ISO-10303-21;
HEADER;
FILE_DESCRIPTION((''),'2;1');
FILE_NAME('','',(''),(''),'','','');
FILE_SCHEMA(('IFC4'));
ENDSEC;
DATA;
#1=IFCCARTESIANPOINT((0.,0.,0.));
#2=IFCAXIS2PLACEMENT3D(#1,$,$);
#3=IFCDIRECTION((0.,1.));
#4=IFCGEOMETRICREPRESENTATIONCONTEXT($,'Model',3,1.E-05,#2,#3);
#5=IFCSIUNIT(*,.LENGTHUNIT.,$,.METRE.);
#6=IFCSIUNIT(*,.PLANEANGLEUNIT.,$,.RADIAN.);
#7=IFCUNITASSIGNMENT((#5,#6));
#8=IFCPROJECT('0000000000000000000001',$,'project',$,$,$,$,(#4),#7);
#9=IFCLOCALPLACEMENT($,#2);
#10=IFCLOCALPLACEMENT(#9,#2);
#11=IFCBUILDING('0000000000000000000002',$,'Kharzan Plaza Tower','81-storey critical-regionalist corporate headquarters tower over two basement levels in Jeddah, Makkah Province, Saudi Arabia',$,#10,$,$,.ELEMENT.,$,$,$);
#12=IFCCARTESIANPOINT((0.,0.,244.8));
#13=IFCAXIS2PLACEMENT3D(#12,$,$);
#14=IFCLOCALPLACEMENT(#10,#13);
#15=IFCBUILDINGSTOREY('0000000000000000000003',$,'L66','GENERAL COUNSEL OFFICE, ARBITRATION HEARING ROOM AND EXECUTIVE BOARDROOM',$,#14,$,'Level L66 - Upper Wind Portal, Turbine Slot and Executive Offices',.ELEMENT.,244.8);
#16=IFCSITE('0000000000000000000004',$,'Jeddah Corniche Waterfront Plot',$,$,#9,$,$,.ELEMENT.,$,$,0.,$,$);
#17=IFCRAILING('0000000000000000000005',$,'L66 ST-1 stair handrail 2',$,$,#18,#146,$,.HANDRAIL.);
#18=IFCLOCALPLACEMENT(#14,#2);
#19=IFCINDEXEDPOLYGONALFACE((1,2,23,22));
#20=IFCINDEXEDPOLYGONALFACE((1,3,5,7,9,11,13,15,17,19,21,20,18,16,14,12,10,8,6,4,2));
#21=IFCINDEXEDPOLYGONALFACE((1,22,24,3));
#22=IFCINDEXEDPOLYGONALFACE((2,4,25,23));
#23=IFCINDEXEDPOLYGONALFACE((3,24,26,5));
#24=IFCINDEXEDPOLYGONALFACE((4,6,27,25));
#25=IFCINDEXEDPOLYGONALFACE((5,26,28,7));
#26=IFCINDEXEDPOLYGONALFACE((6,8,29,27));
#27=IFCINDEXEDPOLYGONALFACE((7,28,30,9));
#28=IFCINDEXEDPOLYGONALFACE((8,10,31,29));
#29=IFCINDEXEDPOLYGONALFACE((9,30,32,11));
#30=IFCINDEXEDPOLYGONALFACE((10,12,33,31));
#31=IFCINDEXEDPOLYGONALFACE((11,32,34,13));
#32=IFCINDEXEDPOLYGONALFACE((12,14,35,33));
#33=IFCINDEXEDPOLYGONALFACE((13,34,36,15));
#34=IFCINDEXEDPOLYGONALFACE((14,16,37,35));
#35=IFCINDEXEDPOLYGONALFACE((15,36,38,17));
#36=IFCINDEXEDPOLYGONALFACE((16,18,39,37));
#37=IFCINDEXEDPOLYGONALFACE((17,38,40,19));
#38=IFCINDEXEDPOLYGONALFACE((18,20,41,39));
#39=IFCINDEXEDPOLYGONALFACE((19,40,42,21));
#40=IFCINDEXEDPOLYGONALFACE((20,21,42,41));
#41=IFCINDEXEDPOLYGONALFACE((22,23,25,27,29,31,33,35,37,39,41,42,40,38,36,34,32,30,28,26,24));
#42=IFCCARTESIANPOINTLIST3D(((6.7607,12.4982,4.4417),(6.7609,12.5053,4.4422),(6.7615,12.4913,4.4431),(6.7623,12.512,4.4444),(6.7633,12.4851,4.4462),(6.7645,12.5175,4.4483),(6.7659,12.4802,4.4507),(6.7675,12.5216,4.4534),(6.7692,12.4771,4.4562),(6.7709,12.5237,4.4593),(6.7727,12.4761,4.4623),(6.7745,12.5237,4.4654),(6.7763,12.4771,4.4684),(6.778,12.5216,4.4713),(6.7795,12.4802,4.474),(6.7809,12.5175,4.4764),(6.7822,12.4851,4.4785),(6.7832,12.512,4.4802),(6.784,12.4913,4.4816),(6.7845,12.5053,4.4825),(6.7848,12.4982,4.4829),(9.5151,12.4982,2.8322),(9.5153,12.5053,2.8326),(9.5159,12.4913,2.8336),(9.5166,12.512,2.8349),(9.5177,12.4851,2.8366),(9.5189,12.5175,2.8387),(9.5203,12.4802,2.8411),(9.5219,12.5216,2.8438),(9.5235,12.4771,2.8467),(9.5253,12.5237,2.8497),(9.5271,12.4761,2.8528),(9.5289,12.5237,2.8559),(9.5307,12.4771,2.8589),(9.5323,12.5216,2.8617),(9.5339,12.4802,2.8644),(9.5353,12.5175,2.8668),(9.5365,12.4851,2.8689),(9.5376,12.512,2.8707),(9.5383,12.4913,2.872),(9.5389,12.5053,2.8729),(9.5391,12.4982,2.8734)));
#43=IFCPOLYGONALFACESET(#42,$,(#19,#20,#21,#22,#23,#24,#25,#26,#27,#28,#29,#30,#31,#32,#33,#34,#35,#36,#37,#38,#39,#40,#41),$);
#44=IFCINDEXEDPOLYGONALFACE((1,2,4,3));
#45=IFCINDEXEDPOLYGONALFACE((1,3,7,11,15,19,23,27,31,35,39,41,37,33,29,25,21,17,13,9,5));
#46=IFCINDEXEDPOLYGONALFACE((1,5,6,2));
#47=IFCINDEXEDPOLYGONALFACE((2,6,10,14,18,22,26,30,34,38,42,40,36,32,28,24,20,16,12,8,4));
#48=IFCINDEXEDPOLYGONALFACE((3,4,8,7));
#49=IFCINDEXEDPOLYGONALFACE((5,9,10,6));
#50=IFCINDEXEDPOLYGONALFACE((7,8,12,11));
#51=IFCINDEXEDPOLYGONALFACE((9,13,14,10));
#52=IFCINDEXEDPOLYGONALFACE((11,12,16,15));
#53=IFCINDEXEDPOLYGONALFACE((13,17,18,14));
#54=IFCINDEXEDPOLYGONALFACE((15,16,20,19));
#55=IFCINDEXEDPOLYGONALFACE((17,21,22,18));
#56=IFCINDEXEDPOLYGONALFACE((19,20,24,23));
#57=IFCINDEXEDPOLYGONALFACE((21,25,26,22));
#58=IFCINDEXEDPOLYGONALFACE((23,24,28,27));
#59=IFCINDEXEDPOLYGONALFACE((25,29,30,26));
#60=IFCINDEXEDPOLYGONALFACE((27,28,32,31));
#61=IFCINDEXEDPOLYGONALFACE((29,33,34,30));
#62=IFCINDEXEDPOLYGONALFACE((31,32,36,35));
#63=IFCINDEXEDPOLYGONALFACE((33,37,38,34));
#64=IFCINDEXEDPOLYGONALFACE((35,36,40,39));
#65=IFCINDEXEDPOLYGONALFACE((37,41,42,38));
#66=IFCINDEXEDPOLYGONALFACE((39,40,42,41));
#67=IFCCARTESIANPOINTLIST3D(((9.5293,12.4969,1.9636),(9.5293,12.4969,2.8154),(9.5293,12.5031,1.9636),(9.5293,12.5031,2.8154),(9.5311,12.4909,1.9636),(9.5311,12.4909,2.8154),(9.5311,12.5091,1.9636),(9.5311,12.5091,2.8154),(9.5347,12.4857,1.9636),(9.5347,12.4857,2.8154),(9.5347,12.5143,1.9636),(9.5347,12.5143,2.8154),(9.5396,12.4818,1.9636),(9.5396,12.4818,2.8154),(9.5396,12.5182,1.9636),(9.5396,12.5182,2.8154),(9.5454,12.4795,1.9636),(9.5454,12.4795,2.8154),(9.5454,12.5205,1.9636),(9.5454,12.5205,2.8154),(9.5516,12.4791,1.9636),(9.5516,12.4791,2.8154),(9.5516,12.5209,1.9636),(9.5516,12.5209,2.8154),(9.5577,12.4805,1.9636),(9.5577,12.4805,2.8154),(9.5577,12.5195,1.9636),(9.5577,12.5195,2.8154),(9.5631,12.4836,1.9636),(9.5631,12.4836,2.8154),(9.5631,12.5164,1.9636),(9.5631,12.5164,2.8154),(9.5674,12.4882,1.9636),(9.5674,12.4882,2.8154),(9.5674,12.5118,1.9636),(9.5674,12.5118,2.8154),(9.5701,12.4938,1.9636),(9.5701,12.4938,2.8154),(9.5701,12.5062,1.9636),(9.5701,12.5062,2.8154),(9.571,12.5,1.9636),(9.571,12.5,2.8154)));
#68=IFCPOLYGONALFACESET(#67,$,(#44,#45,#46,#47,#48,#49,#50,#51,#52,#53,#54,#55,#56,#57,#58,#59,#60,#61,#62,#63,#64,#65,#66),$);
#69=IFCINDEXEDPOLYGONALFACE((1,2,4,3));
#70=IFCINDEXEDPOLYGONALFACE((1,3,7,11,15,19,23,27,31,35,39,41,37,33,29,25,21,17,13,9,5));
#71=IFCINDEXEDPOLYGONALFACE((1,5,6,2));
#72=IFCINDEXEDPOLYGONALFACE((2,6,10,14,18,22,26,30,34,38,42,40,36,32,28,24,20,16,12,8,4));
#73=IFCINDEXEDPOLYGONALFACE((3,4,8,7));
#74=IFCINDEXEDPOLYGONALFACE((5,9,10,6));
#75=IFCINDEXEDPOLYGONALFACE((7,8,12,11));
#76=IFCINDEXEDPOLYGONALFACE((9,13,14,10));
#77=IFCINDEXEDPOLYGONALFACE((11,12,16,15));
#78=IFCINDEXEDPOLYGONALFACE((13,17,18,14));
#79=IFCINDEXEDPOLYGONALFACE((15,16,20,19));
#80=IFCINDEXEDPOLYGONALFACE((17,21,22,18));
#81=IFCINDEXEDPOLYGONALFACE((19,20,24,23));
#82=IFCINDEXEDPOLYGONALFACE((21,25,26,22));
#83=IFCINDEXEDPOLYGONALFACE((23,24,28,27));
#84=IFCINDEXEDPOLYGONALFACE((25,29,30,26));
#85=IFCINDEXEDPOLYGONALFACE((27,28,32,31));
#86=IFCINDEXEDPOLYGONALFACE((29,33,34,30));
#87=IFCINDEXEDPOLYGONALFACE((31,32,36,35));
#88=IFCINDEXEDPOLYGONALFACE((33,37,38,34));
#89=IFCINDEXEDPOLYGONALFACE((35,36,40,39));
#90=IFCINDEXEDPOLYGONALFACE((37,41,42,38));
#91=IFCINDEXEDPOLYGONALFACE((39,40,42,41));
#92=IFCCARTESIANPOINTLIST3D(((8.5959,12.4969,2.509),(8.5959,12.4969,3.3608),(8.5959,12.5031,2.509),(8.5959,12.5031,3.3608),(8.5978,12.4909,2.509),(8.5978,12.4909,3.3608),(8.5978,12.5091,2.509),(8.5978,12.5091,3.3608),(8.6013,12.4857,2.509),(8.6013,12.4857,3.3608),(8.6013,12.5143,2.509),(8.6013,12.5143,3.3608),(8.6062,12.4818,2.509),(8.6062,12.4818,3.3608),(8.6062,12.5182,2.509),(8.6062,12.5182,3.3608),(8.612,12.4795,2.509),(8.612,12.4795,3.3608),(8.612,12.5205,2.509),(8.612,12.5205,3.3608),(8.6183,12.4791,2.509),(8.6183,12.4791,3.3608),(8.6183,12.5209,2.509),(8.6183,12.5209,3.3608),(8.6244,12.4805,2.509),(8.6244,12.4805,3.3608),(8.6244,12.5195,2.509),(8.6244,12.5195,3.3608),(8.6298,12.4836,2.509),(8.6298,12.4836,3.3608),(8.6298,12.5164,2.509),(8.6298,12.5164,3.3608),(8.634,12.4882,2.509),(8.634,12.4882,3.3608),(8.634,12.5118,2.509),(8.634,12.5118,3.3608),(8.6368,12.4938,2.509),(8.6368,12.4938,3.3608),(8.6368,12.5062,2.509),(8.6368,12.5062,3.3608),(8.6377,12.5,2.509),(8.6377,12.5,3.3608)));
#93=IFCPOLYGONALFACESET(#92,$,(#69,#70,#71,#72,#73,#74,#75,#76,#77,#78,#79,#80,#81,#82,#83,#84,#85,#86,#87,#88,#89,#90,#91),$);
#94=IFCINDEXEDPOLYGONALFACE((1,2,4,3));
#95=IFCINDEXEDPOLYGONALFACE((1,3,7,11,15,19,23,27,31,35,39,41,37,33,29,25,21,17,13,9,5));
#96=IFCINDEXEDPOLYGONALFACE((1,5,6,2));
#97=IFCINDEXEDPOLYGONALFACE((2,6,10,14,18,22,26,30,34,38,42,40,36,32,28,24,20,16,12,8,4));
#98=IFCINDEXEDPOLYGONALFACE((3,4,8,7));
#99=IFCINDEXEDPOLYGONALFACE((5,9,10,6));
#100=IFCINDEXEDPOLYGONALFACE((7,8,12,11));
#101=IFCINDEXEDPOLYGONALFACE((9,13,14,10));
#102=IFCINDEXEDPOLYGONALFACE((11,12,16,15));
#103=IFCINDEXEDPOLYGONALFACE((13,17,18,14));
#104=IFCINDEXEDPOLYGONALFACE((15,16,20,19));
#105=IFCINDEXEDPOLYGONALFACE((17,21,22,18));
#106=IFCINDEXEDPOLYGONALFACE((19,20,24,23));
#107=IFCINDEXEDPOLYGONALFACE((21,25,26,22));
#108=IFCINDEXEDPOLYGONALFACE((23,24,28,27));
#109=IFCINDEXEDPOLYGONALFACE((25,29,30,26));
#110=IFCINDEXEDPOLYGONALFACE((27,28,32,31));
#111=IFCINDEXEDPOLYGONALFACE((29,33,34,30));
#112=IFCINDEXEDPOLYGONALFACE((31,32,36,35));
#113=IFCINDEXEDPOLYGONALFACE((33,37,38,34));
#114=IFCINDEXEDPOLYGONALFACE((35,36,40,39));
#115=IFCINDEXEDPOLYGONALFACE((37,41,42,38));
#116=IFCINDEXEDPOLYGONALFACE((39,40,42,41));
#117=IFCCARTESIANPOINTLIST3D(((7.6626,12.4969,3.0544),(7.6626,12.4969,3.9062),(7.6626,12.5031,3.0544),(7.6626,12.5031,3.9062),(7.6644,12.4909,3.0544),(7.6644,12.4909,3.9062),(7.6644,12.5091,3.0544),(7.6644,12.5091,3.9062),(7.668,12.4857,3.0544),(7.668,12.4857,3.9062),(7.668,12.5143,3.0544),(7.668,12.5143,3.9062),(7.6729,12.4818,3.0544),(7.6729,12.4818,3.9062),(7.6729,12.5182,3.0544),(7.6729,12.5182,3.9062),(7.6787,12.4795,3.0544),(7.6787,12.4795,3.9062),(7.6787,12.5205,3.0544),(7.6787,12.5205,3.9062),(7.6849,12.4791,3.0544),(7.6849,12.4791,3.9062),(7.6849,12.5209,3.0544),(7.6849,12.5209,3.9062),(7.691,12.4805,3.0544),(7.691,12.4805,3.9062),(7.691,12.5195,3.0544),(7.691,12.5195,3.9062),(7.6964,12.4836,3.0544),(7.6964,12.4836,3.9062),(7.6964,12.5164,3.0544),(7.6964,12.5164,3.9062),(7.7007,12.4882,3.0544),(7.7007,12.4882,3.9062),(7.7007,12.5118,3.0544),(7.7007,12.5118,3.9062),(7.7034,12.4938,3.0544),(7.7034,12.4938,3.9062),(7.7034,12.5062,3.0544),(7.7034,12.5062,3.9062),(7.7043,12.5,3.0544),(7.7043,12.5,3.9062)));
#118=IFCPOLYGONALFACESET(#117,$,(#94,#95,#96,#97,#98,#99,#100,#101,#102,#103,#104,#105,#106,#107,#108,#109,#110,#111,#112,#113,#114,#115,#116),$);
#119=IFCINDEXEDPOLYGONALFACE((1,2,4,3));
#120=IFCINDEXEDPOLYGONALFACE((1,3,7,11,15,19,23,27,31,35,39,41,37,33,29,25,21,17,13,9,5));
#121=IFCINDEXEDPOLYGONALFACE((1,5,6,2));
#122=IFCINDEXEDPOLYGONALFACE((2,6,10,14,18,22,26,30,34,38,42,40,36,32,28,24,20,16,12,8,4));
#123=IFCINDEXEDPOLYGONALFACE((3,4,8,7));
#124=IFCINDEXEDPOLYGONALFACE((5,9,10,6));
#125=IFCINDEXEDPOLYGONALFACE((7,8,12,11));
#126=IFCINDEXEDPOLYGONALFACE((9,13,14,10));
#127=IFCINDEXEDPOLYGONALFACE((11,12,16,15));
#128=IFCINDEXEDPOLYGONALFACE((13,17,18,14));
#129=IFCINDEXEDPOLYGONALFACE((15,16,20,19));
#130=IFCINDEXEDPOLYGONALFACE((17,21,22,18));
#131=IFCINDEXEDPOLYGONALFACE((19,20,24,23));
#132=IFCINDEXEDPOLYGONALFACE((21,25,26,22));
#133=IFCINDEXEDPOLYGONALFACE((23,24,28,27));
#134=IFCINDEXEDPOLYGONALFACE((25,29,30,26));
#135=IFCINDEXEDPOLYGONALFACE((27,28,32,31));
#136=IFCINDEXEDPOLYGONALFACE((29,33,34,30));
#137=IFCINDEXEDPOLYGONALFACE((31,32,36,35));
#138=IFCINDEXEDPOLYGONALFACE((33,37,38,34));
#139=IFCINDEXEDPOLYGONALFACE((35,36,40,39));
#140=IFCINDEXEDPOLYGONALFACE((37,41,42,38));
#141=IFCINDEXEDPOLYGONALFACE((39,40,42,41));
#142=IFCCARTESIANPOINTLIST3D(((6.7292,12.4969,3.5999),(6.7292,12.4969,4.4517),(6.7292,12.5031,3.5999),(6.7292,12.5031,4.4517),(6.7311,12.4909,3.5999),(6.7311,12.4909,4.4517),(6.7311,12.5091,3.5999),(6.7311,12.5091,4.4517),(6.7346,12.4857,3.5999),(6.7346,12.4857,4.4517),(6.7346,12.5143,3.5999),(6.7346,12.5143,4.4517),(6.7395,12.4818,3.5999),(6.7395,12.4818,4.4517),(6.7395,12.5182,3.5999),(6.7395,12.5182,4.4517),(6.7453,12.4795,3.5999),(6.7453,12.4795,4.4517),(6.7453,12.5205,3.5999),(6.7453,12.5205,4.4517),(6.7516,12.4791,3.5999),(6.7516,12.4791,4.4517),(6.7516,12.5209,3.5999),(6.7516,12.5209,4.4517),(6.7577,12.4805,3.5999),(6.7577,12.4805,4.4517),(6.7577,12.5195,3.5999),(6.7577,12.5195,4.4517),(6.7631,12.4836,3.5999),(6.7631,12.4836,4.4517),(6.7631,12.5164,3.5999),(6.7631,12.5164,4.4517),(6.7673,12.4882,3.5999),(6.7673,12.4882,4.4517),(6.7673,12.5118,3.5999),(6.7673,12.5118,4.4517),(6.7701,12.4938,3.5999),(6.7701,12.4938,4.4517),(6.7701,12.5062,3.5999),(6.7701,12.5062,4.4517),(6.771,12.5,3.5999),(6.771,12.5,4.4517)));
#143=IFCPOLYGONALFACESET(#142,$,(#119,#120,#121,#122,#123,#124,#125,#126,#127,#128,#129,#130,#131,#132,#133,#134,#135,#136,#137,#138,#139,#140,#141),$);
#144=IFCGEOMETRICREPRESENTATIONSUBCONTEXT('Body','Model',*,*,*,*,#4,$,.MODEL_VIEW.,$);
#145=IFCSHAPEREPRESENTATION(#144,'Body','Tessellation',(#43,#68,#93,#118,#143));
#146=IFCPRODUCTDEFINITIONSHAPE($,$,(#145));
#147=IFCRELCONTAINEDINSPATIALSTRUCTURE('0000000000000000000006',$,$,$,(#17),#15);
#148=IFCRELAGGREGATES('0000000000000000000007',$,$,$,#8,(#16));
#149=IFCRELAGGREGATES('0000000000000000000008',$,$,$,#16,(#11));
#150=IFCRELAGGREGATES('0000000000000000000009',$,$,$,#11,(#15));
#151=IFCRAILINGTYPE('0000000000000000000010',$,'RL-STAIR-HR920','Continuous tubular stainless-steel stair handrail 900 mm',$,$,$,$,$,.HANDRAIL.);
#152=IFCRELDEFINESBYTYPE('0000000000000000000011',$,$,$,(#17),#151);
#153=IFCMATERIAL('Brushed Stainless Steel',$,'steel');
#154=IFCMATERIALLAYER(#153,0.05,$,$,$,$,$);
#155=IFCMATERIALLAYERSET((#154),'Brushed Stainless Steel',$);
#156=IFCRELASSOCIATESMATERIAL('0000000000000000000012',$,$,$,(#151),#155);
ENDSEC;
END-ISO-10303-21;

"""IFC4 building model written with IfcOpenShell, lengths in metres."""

from ifc_helpers import new_model, si_unit, direction, frame, origin, origin_2d, place, context, subcontext, project, spatial, circle, extrude, source, transform, mapped, material, layer, layer_set, type_object, element, save


model = new_model("IFC4")

# Units and contexts
model_context = context("Model", 3, precision=1e-05, world=origin(), true_north=direction((0.0, 1.0)))
body_context = subcontext(model_context, "Body", "Model", "MODEL_VIEW")
ifc_project = project(units=[si_unit("LENGTHUNIT", "METRE"), si_unit("PLANEANGLEUNIT", "RADIAN")], contexts=[model_context])

# Site, building, storey
site_placement = place(None, origin())
site = spatial("IfcSite", under=ifc_project, at=site_placement, Name="Jeddah Corniche Waterfront Plot", CompositionType="ELEMENT", RefElevation=0.0)
building_placement = place(site_placement, origin())
building = spatial("IfcBuilding", under=site, at=building_placement, Name="Kharzan Plaza Tower", Description="81-storey critical-regionalist corporate headquarters tower over two basement levels in Jeddah, Makkah Province, Saudi Arabia", CompositionType="ELEMENT")
storey_placement = place(building_placement, frame((0.0, 0.0, 244.8)))
storey = spatial("IfcBuildingStorey", under=building, at=storey_placement, Name="L66", Description="GENERAL COUNSEL OFFICE, ARBITRATION HEARING ROOM AND EXECUTIVE BOARDROOM", LongName="Level L66 - Upper Wind Portal, Turbine Slot and Executive Offices", CompositionType="ELEMENT", Elevation=244.8)

# Shared definitions
ifc_material_1 = material(Name="Brushed Stainless Steel", Category="steel")

# Railing
ifc_layer_1 = layer(ifc_material_1, 0.05)
ifc_layer_set_1 = layer_set([ifc_layer_1], Name="Brushed Stainless Steel")
railing_type_1 = type_object("IfcRailingType", Name="RL-STAIR-HR920", Description="Continuous tubular stainless-steel stair handrail 900 mm", PredefinedType="HANDRAIL", material=ifc_layer_set_1)
shared_shape_1 = source(origin(), body_context, "Body", "SweptSolid", [
    extrude(circle(Radius=0.0239, at=origin_2d()), frame((-0.0229, 0.0, 0.8892), z_axis=(-0.863394, 0.0, 0.504531), x_axis=(0.0, -1.0, 0.0)), (0.0, 0.0, 1.0), 3.1902),
    extrude(circle(Radius=0.021, at=origin_2d()), origin(), (0.0, 0.0, 1.0), 0.8518),
    extrude(circle(Radius=0.021, at=origin_2d()), frame((-0.9333, 0.0, 0.5454)), (0.0, 0.0, 1.0), 0.8518),
    extrude(circle(Radius=0.021, at=origin_2d()), frame((-1.8667, 0.0, 1.0908)), (0.0, 0.0, 1.0), 0.8518),
    extrude(circle(Radius=0.021, at=origin_2d()), frame((-2.8, 0.0, 1.6362)), (0.0, 0.0, 1.0), 0.8518),
])
railing_1_placement = place(storey_placement, frame((9.55, 12.5, 1.9636)))
element("IfcRailing", 1, at=railing_1_placement, inside=storey, type_object=railing_type_1, Name="L66 ST-1 stair handrail 2", PredefinedType="HANDRAIL", context=body_context, shape_type="MappedRepresentation", body=[
    mapped(shared_shape_1, transform((0.0, 0.0, 0.0), x_axis=(1.0, 0.0, 0.0), y_axis=(0.0, 1.0, 0.0), z_axis=(0.0, 0.0, 1.0))),
])

save(model, "model.ifc")
